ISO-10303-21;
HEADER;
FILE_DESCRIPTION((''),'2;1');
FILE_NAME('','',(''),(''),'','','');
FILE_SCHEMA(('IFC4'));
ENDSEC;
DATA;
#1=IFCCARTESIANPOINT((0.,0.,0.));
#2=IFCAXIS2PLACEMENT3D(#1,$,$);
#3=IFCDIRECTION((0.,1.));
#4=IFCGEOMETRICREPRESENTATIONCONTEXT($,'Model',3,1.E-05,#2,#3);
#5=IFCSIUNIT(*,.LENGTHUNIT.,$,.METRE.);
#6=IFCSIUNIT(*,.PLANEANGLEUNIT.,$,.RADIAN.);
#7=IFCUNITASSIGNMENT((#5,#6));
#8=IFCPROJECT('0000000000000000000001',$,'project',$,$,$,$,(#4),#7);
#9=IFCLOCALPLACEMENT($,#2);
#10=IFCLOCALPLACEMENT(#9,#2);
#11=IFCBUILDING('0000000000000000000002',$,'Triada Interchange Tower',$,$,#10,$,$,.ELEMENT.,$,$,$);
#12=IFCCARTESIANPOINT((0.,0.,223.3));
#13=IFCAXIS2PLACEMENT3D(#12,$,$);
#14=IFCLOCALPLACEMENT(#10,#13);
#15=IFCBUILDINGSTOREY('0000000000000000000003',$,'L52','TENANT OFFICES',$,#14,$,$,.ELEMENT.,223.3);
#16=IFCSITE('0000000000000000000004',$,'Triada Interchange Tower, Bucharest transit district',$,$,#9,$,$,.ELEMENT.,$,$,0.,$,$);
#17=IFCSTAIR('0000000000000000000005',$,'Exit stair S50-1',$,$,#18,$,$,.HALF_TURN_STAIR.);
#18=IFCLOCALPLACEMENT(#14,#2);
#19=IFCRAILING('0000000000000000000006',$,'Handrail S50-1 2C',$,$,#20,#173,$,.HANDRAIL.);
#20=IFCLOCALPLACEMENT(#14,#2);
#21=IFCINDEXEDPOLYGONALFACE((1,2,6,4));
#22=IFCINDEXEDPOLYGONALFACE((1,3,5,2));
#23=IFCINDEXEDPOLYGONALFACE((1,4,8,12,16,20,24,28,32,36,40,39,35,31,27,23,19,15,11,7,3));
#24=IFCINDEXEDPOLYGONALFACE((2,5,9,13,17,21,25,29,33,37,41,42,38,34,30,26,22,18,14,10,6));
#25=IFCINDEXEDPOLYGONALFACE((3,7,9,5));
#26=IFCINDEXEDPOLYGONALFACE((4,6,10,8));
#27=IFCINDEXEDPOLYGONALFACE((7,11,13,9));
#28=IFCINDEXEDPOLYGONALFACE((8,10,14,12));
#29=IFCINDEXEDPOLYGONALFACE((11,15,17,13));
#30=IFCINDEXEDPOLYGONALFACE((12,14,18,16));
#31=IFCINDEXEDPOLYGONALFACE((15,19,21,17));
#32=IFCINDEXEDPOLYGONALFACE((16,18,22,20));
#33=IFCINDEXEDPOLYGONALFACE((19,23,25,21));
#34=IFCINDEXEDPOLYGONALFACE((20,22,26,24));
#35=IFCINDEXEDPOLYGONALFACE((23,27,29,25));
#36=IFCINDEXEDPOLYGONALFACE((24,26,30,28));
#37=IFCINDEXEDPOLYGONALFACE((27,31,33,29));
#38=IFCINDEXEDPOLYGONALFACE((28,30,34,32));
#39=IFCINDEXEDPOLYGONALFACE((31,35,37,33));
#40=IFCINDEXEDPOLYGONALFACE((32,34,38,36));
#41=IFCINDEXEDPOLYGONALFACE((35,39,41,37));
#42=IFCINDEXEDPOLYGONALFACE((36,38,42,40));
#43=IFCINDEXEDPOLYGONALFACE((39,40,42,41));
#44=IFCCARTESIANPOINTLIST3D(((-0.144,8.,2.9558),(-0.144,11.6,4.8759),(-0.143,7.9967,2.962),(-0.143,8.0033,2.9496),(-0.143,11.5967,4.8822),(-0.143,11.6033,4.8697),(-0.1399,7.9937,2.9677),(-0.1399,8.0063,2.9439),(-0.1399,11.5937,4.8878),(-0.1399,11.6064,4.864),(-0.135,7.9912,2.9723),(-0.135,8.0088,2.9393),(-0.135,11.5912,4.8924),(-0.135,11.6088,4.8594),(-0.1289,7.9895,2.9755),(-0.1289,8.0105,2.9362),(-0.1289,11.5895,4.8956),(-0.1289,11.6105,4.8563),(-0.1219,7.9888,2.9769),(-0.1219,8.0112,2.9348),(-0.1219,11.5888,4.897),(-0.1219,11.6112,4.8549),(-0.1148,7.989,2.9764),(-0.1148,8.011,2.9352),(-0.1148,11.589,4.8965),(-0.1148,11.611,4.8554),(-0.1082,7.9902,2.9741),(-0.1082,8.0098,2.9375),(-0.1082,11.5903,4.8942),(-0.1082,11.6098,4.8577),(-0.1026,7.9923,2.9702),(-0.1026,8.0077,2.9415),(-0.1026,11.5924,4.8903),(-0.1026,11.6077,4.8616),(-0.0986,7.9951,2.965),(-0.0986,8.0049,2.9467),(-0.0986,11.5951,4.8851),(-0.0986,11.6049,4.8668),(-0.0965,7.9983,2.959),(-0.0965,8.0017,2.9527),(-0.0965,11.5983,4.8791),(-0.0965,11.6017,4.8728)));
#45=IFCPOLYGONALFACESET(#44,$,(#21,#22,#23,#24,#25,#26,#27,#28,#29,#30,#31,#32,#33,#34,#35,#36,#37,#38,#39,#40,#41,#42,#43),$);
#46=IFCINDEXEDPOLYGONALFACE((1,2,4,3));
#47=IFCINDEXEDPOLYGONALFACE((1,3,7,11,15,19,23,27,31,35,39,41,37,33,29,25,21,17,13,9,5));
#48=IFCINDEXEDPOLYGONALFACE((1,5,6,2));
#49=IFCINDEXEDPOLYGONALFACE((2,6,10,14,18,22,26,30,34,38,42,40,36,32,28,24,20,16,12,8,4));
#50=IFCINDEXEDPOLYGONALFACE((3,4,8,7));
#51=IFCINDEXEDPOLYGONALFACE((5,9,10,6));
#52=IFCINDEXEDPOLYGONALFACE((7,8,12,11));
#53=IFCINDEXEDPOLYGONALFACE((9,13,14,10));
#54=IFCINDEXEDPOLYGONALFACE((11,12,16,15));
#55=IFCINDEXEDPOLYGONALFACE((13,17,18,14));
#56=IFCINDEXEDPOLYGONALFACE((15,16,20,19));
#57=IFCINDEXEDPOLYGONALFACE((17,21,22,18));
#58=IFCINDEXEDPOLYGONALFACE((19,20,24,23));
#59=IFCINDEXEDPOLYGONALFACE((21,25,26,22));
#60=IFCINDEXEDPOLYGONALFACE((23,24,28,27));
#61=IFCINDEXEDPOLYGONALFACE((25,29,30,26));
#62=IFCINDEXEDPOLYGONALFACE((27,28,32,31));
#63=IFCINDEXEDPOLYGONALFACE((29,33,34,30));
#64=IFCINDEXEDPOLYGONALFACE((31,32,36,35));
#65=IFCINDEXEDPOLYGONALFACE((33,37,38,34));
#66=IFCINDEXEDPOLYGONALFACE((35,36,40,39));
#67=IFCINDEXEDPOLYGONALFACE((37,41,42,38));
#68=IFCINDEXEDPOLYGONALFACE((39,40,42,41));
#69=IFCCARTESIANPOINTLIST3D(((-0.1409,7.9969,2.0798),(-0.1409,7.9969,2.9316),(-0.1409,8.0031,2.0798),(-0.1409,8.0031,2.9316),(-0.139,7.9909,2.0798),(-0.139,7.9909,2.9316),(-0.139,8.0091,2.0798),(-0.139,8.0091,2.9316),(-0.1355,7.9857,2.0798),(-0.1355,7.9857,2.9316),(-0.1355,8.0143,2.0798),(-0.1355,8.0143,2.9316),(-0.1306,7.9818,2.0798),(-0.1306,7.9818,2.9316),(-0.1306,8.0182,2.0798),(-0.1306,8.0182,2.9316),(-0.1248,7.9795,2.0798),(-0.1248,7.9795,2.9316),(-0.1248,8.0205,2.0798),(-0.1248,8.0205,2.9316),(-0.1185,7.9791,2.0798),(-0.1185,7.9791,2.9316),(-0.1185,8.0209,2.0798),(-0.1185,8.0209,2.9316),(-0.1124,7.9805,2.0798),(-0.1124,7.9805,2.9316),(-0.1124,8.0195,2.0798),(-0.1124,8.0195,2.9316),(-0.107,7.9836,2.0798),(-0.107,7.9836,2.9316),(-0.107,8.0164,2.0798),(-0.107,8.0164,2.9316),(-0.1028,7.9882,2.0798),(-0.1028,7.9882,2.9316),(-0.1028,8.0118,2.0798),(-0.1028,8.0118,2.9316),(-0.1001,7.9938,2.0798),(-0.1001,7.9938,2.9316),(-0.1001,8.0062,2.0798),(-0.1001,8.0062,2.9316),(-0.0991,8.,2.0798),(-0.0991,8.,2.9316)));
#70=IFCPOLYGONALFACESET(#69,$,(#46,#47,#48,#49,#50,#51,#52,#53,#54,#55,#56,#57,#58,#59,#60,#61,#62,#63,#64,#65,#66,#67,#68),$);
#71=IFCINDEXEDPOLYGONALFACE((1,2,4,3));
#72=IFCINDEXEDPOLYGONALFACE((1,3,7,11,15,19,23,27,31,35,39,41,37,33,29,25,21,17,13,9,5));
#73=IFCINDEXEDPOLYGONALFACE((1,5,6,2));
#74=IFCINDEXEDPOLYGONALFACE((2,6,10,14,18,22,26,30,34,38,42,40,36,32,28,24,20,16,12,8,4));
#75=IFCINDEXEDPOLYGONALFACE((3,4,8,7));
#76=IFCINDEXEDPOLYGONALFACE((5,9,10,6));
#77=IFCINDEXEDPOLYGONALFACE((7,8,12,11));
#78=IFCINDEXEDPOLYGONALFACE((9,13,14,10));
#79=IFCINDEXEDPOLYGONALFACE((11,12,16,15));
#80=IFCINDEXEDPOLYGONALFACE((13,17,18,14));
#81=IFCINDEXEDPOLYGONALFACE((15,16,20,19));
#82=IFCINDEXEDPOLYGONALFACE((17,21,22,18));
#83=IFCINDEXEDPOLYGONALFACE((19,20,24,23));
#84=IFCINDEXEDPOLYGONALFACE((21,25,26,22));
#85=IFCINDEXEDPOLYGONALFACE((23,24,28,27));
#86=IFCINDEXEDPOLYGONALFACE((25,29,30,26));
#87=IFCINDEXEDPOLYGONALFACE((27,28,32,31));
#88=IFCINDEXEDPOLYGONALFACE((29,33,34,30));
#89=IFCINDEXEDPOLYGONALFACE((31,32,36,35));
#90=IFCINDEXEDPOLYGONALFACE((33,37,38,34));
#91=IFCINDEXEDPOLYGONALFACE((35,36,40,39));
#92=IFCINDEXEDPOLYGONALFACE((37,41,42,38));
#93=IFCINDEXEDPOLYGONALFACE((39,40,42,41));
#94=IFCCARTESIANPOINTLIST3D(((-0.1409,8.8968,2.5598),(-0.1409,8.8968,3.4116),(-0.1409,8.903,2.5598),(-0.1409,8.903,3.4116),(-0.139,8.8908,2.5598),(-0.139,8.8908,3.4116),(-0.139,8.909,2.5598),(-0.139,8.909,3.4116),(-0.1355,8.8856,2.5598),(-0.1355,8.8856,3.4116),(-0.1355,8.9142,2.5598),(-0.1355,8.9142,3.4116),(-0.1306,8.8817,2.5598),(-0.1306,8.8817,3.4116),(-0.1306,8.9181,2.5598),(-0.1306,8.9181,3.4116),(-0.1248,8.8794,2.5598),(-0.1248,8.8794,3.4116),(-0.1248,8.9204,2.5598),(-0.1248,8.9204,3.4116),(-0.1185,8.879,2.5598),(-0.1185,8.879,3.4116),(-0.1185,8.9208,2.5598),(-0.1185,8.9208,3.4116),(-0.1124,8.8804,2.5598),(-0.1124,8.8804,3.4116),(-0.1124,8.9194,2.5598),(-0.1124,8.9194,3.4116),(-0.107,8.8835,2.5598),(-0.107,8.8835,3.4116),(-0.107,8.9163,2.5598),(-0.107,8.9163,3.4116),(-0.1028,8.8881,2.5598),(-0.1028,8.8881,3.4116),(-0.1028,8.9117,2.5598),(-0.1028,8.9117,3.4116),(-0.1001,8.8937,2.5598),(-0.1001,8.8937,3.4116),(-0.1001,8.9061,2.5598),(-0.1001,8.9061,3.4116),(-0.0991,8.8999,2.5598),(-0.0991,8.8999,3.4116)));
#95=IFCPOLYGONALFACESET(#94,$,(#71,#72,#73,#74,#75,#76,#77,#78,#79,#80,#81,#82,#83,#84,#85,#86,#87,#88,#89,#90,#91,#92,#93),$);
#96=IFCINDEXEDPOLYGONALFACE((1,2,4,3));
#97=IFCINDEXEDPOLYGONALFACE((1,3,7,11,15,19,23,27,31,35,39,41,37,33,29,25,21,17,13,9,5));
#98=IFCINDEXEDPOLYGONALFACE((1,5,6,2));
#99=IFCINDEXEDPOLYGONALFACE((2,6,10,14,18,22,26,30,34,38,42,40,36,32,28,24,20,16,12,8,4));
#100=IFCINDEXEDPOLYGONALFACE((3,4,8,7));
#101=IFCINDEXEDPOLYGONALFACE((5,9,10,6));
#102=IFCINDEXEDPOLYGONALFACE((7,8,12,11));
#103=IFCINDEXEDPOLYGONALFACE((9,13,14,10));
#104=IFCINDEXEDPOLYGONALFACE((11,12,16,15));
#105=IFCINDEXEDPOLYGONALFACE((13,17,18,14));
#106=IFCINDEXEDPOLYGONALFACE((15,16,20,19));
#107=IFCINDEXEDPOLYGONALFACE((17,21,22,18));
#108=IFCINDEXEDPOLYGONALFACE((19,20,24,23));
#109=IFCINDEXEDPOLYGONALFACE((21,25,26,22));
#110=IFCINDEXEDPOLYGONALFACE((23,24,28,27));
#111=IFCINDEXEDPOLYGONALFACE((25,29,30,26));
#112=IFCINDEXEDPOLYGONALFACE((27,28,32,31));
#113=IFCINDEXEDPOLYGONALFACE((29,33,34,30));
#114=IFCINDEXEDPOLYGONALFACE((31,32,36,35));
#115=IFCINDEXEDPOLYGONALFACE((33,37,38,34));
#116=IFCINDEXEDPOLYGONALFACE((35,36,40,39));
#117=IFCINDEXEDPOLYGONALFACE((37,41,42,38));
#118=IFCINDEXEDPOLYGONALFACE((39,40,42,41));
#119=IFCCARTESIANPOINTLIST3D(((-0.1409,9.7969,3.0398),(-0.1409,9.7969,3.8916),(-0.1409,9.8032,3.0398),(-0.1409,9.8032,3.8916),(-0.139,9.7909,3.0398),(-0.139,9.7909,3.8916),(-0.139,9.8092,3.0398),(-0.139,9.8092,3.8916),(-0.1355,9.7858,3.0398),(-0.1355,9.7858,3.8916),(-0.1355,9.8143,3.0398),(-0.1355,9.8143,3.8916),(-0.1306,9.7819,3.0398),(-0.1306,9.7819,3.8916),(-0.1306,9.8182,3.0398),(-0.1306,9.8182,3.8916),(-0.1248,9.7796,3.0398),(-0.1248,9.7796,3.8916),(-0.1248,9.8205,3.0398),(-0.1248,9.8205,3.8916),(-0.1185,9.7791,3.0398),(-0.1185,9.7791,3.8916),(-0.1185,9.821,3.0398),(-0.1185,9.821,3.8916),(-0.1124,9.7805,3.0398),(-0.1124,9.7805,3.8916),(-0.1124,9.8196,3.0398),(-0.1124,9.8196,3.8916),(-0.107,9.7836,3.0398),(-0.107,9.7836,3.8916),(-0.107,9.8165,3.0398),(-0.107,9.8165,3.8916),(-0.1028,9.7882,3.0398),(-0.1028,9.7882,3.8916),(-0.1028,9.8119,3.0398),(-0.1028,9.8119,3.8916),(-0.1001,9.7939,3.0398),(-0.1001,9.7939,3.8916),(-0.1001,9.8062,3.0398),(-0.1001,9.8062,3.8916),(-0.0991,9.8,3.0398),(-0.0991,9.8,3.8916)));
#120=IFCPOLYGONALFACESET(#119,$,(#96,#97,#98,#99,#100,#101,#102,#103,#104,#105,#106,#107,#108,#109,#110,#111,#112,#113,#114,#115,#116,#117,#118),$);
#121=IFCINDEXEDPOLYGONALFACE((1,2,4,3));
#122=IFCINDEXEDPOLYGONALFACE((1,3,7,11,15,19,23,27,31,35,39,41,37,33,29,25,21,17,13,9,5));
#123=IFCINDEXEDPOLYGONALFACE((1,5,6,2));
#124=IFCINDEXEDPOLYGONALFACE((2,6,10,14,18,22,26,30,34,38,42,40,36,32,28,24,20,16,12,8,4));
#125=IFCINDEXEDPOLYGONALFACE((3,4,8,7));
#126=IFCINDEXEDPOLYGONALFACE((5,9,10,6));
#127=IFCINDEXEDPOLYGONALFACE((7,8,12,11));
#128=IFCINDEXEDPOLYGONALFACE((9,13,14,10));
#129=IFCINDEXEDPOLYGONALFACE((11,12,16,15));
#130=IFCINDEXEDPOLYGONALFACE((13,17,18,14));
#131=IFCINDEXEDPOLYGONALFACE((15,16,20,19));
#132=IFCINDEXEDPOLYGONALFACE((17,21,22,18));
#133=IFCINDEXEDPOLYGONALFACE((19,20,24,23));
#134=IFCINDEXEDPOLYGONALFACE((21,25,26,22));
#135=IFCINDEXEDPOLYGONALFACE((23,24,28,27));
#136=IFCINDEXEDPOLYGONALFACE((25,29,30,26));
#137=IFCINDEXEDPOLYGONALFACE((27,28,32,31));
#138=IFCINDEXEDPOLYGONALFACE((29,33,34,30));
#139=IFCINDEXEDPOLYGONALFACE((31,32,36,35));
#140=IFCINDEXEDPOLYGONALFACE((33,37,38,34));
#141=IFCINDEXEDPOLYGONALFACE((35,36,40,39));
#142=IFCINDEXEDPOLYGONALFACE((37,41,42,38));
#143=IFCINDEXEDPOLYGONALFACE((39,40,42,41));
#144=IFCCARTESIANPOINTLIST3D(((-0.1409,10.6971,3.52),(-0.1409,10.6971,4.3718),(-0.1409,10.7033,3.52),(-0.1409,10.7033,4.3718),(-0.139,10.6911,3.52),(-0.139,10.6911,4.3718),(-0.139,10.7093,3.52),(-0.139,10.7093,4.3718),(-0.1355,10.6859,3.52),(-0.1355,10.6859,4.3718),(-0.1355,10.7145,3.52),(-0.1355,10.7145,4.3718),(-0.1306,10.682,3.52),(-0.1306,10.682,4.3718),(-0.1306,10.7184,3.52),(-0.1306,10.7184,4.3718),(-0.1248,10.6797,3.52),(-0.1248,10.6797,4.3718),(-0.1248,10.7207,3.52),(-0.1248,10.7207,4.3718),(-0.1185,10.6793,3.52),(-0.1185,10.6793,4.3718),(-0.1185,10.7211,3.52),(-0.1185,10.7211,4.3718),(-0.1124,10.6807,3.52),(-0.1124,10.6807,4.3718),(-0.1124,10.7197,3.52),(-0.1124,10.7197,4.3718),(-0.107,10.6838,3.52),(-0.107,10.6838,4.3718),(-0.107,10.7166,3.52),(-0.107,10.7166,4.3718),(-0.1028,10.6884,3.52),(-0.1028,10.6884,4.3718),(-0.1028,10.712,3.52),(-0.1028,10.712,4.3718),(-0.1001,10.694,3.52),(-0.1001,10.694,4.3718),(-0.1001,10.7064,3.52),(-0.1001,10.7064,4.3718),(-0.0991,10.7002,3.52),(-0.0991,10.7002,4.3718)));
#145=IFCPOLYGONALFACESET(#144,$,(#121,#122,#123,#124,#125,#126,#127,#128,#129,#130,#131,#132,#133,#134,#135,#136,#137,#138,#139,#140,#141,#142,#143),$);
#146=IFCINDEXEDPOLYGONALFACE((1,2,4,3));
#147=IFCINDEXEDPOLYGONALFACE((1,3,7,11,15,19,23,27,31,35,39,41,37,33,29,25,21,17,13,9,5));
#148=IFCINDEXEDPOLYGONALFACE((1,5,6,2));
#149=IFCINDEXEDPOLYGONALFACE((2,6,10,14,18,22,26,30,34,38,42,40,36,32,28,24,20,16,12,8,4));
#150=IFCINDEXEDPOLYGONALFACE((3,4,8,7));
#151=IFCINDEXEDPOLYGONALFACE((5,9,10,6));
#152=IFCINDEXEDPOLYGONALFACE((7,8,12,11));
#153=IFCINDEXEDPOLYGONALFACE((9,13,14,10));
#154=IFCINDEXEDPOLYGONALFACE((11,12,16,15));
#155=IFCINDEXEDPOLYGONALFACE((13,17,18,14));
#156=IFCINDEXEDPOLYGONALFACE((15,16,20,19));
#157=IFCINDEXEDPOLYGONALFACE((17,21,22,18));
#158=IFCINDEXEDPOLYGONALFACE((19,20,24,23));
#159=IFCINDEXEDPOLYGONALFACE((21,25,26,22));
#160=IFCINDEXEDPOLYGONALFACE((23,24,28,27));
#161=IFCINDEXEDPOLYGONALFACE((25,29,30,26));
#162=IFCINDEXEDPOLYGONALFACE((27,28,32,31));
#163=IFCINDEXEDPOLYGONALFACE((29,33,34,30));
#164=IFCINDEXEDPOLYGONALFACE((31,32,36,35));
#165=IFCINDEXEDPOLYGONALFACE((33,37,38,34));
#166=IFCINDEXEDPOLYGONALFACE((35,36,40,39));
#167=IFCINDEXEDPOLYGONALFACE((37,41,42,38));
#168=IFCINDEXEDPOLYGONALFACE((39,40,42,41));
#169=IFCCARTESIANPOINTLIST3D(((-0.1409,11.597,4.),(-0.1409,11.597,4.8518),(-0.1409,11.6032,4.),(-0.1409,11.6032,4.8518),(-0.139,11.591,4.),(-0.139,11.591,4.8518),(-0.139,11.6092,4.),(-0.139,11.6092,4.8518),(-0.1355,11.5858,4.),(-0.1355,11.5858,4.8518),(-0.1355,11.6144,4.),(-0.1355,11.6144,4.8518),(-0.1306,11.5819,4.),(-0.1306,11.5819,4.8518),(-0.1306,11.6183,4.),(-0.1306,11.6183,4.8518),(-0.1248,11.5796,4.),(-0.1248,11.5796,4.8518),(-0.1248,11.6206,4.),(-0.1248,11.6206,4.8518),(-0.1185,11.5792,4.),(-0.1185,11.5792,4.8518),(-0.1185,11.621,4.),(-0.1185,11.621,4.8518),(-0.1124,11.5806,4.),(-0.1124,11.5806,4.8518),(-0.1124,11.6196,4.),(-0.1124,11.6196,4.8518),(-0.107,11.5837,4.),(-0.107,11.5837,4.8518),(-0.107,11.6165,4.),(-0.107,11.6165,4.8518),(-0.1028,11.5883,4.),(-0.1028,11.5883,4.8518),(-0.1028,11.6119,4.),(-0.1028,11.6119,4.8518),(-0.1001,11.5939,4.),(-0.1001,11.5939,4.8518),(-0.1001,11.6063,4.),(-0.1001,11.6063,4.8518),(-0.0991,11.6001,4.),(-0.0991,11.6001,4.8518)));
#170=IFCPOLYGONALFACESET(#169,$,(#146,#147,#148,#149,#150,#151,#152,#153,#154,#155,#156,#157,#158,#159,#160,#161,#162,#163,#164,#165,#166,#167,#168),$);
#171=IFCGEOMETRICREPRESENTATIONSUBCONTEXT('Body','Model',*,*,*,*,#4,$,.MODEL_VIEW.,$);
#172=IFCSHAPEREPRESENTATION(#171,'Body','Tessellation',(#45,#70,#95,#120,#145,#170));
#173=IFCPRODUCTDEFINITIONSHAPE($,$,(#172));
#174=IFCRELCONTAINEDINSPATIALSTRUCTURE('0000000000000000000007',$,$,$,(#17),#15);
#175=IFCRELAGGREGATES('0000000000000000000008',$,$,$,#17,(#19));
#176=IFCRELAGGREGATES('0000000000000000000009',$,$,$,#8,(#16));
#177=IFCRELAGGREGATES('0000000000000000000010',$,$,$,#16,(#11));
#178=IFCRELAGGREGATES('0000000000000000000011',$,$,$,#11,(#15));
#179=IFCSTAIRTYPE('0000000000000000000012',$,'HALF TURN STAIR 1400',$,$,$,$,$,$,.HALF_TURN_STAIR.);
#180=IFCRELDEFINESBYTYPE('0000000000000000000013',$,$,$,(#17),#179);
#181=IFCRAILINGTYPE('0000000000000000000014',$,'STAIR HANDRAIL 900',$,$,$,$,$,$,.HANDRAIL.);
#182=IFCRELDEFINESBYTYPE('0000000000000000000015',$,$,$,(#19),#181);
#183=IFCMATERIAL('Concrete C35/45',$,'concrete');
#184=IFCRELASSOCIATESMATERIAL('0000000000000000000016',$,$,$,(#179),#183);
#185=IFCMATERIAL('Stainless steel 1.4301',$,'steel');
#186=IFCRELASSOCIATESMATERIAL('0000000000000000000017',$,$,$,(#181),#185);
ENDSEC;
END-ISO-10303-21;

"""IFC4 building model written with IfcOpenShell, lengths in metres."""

from ifc_helpers import new_model, si_unit, direction, frame, origin, origin_2d, place, context, subcontext, project, spatial, circle, extrude, material, type_object, element, aggregate, save


model = new_model("IFC4")

# Units and contexts
model_context = context("Model", 3, precision=1e-05, world=origin(), true_north=direction((0.0, 1.0)))
body_context = subcontext(model_context, "Body", "Model", "MODEL_VIEW")
ifc_project = project(units=[si_unit("LENGTHUNIT", "METRE"), si_unit("PLANEANGLEUNIT", "RADIAN")], contexts=[model_context])

# Site, building, storey
site_placement = place(None, origin())
site = spatial("IfcSite", under=ifc_project, at=site_placement, Name="Triada Interchange Tower, Bucharest transit district", CompositionType="ELEMENT", RefElevation=0.0)
building_placement = place(site_placement, origin())
building = spatial("IfcBuilding", under=site, at=building_placement, Name="Triada Interchange Tower", CompositionType="ELEMENT")
storey_placement = place(building_placement, frame((0.0, 0.0, 223.3)))
storey = spatial("IfcBuildingStorey", under=building, at=storey_placement, Name="L52", Description="TENANT OFFICES", CompositionType="ELEMENT", Elevation=223.3)

# Stair, railing
ifc_material_1 = material(Name="Concrete C35/45", Category="concrete")
stair_type = type_object("IfcStairType", Name="HALF TURN STAIR 1400", PredefinedType="HALF_TURN_STAIR", material=ifc_material_1)
stair_placement = place(storey_placement, origin())
stair = element("IfcStair", 1, at=stair_placement, inside=storey, type_object=stair_type, Name="Exit stair S50-1", PredefinedType="HALF_TURN_STAIR")
ifc_material_2 = material(Name="Stainless steel 1.4301", Category="steel")
railing_type = type_object("IfcRailingType", Name="STAIR HANDRAIL 900", PredefinedType="HANDRAIL", material=ifc_material_2)
railing_1_placement = place(storey_placement, frame((-0.1201, 8.0, 2.0798)))
railing_1 = element("IfcRailing", 2, at=railing_1_placement, type_object=railing_type, Name="Handrail S50-1 2C", PredefinedType="HANDRAIL", context=body_context, shape_type="SweptSolid", body=[
    extrude(circle(Radius=0.0239, at=origin_2d()), frame((0.0, 0.0, 0.876), z_axis=(0.0, 0.882341, 0.47061), x_axis=(-1.0, 0.0, 0.0)), (0.0, 0.0, 1.0), 4.0801),
    extrude(circle(Radius=0.021, at=origin_2d()), origin(), (0.0, 0.0, 1.0), 0.8518),
    extrude(circle(Radius=0.021, at=origin_2d()), frame((0.0, 0.8999, 0.48)), (0.0, 0.0, 1.0), 0.8518),
    extrude(circle(Radius=0.021, at=origin_2d()), frame((0.0, 1.8, 0.96)), (0.0, 0.0, 1.0), 0.8518),
    extrude(circle(Radius=0.021, at=origin_2d()), frame((0.0, 2.7002, 1.4402)), (0.0, 0.0, 1.0), 0.8518),
    extrude(circle(Radius=0.021, at=origin_2d()), frame((0.0, 3.6001, 1.9202)), (0.0, 0.0, 1.0), 0.8518),
])
aggregate(stair, [railing_1])

save(model, "model.ifc")
